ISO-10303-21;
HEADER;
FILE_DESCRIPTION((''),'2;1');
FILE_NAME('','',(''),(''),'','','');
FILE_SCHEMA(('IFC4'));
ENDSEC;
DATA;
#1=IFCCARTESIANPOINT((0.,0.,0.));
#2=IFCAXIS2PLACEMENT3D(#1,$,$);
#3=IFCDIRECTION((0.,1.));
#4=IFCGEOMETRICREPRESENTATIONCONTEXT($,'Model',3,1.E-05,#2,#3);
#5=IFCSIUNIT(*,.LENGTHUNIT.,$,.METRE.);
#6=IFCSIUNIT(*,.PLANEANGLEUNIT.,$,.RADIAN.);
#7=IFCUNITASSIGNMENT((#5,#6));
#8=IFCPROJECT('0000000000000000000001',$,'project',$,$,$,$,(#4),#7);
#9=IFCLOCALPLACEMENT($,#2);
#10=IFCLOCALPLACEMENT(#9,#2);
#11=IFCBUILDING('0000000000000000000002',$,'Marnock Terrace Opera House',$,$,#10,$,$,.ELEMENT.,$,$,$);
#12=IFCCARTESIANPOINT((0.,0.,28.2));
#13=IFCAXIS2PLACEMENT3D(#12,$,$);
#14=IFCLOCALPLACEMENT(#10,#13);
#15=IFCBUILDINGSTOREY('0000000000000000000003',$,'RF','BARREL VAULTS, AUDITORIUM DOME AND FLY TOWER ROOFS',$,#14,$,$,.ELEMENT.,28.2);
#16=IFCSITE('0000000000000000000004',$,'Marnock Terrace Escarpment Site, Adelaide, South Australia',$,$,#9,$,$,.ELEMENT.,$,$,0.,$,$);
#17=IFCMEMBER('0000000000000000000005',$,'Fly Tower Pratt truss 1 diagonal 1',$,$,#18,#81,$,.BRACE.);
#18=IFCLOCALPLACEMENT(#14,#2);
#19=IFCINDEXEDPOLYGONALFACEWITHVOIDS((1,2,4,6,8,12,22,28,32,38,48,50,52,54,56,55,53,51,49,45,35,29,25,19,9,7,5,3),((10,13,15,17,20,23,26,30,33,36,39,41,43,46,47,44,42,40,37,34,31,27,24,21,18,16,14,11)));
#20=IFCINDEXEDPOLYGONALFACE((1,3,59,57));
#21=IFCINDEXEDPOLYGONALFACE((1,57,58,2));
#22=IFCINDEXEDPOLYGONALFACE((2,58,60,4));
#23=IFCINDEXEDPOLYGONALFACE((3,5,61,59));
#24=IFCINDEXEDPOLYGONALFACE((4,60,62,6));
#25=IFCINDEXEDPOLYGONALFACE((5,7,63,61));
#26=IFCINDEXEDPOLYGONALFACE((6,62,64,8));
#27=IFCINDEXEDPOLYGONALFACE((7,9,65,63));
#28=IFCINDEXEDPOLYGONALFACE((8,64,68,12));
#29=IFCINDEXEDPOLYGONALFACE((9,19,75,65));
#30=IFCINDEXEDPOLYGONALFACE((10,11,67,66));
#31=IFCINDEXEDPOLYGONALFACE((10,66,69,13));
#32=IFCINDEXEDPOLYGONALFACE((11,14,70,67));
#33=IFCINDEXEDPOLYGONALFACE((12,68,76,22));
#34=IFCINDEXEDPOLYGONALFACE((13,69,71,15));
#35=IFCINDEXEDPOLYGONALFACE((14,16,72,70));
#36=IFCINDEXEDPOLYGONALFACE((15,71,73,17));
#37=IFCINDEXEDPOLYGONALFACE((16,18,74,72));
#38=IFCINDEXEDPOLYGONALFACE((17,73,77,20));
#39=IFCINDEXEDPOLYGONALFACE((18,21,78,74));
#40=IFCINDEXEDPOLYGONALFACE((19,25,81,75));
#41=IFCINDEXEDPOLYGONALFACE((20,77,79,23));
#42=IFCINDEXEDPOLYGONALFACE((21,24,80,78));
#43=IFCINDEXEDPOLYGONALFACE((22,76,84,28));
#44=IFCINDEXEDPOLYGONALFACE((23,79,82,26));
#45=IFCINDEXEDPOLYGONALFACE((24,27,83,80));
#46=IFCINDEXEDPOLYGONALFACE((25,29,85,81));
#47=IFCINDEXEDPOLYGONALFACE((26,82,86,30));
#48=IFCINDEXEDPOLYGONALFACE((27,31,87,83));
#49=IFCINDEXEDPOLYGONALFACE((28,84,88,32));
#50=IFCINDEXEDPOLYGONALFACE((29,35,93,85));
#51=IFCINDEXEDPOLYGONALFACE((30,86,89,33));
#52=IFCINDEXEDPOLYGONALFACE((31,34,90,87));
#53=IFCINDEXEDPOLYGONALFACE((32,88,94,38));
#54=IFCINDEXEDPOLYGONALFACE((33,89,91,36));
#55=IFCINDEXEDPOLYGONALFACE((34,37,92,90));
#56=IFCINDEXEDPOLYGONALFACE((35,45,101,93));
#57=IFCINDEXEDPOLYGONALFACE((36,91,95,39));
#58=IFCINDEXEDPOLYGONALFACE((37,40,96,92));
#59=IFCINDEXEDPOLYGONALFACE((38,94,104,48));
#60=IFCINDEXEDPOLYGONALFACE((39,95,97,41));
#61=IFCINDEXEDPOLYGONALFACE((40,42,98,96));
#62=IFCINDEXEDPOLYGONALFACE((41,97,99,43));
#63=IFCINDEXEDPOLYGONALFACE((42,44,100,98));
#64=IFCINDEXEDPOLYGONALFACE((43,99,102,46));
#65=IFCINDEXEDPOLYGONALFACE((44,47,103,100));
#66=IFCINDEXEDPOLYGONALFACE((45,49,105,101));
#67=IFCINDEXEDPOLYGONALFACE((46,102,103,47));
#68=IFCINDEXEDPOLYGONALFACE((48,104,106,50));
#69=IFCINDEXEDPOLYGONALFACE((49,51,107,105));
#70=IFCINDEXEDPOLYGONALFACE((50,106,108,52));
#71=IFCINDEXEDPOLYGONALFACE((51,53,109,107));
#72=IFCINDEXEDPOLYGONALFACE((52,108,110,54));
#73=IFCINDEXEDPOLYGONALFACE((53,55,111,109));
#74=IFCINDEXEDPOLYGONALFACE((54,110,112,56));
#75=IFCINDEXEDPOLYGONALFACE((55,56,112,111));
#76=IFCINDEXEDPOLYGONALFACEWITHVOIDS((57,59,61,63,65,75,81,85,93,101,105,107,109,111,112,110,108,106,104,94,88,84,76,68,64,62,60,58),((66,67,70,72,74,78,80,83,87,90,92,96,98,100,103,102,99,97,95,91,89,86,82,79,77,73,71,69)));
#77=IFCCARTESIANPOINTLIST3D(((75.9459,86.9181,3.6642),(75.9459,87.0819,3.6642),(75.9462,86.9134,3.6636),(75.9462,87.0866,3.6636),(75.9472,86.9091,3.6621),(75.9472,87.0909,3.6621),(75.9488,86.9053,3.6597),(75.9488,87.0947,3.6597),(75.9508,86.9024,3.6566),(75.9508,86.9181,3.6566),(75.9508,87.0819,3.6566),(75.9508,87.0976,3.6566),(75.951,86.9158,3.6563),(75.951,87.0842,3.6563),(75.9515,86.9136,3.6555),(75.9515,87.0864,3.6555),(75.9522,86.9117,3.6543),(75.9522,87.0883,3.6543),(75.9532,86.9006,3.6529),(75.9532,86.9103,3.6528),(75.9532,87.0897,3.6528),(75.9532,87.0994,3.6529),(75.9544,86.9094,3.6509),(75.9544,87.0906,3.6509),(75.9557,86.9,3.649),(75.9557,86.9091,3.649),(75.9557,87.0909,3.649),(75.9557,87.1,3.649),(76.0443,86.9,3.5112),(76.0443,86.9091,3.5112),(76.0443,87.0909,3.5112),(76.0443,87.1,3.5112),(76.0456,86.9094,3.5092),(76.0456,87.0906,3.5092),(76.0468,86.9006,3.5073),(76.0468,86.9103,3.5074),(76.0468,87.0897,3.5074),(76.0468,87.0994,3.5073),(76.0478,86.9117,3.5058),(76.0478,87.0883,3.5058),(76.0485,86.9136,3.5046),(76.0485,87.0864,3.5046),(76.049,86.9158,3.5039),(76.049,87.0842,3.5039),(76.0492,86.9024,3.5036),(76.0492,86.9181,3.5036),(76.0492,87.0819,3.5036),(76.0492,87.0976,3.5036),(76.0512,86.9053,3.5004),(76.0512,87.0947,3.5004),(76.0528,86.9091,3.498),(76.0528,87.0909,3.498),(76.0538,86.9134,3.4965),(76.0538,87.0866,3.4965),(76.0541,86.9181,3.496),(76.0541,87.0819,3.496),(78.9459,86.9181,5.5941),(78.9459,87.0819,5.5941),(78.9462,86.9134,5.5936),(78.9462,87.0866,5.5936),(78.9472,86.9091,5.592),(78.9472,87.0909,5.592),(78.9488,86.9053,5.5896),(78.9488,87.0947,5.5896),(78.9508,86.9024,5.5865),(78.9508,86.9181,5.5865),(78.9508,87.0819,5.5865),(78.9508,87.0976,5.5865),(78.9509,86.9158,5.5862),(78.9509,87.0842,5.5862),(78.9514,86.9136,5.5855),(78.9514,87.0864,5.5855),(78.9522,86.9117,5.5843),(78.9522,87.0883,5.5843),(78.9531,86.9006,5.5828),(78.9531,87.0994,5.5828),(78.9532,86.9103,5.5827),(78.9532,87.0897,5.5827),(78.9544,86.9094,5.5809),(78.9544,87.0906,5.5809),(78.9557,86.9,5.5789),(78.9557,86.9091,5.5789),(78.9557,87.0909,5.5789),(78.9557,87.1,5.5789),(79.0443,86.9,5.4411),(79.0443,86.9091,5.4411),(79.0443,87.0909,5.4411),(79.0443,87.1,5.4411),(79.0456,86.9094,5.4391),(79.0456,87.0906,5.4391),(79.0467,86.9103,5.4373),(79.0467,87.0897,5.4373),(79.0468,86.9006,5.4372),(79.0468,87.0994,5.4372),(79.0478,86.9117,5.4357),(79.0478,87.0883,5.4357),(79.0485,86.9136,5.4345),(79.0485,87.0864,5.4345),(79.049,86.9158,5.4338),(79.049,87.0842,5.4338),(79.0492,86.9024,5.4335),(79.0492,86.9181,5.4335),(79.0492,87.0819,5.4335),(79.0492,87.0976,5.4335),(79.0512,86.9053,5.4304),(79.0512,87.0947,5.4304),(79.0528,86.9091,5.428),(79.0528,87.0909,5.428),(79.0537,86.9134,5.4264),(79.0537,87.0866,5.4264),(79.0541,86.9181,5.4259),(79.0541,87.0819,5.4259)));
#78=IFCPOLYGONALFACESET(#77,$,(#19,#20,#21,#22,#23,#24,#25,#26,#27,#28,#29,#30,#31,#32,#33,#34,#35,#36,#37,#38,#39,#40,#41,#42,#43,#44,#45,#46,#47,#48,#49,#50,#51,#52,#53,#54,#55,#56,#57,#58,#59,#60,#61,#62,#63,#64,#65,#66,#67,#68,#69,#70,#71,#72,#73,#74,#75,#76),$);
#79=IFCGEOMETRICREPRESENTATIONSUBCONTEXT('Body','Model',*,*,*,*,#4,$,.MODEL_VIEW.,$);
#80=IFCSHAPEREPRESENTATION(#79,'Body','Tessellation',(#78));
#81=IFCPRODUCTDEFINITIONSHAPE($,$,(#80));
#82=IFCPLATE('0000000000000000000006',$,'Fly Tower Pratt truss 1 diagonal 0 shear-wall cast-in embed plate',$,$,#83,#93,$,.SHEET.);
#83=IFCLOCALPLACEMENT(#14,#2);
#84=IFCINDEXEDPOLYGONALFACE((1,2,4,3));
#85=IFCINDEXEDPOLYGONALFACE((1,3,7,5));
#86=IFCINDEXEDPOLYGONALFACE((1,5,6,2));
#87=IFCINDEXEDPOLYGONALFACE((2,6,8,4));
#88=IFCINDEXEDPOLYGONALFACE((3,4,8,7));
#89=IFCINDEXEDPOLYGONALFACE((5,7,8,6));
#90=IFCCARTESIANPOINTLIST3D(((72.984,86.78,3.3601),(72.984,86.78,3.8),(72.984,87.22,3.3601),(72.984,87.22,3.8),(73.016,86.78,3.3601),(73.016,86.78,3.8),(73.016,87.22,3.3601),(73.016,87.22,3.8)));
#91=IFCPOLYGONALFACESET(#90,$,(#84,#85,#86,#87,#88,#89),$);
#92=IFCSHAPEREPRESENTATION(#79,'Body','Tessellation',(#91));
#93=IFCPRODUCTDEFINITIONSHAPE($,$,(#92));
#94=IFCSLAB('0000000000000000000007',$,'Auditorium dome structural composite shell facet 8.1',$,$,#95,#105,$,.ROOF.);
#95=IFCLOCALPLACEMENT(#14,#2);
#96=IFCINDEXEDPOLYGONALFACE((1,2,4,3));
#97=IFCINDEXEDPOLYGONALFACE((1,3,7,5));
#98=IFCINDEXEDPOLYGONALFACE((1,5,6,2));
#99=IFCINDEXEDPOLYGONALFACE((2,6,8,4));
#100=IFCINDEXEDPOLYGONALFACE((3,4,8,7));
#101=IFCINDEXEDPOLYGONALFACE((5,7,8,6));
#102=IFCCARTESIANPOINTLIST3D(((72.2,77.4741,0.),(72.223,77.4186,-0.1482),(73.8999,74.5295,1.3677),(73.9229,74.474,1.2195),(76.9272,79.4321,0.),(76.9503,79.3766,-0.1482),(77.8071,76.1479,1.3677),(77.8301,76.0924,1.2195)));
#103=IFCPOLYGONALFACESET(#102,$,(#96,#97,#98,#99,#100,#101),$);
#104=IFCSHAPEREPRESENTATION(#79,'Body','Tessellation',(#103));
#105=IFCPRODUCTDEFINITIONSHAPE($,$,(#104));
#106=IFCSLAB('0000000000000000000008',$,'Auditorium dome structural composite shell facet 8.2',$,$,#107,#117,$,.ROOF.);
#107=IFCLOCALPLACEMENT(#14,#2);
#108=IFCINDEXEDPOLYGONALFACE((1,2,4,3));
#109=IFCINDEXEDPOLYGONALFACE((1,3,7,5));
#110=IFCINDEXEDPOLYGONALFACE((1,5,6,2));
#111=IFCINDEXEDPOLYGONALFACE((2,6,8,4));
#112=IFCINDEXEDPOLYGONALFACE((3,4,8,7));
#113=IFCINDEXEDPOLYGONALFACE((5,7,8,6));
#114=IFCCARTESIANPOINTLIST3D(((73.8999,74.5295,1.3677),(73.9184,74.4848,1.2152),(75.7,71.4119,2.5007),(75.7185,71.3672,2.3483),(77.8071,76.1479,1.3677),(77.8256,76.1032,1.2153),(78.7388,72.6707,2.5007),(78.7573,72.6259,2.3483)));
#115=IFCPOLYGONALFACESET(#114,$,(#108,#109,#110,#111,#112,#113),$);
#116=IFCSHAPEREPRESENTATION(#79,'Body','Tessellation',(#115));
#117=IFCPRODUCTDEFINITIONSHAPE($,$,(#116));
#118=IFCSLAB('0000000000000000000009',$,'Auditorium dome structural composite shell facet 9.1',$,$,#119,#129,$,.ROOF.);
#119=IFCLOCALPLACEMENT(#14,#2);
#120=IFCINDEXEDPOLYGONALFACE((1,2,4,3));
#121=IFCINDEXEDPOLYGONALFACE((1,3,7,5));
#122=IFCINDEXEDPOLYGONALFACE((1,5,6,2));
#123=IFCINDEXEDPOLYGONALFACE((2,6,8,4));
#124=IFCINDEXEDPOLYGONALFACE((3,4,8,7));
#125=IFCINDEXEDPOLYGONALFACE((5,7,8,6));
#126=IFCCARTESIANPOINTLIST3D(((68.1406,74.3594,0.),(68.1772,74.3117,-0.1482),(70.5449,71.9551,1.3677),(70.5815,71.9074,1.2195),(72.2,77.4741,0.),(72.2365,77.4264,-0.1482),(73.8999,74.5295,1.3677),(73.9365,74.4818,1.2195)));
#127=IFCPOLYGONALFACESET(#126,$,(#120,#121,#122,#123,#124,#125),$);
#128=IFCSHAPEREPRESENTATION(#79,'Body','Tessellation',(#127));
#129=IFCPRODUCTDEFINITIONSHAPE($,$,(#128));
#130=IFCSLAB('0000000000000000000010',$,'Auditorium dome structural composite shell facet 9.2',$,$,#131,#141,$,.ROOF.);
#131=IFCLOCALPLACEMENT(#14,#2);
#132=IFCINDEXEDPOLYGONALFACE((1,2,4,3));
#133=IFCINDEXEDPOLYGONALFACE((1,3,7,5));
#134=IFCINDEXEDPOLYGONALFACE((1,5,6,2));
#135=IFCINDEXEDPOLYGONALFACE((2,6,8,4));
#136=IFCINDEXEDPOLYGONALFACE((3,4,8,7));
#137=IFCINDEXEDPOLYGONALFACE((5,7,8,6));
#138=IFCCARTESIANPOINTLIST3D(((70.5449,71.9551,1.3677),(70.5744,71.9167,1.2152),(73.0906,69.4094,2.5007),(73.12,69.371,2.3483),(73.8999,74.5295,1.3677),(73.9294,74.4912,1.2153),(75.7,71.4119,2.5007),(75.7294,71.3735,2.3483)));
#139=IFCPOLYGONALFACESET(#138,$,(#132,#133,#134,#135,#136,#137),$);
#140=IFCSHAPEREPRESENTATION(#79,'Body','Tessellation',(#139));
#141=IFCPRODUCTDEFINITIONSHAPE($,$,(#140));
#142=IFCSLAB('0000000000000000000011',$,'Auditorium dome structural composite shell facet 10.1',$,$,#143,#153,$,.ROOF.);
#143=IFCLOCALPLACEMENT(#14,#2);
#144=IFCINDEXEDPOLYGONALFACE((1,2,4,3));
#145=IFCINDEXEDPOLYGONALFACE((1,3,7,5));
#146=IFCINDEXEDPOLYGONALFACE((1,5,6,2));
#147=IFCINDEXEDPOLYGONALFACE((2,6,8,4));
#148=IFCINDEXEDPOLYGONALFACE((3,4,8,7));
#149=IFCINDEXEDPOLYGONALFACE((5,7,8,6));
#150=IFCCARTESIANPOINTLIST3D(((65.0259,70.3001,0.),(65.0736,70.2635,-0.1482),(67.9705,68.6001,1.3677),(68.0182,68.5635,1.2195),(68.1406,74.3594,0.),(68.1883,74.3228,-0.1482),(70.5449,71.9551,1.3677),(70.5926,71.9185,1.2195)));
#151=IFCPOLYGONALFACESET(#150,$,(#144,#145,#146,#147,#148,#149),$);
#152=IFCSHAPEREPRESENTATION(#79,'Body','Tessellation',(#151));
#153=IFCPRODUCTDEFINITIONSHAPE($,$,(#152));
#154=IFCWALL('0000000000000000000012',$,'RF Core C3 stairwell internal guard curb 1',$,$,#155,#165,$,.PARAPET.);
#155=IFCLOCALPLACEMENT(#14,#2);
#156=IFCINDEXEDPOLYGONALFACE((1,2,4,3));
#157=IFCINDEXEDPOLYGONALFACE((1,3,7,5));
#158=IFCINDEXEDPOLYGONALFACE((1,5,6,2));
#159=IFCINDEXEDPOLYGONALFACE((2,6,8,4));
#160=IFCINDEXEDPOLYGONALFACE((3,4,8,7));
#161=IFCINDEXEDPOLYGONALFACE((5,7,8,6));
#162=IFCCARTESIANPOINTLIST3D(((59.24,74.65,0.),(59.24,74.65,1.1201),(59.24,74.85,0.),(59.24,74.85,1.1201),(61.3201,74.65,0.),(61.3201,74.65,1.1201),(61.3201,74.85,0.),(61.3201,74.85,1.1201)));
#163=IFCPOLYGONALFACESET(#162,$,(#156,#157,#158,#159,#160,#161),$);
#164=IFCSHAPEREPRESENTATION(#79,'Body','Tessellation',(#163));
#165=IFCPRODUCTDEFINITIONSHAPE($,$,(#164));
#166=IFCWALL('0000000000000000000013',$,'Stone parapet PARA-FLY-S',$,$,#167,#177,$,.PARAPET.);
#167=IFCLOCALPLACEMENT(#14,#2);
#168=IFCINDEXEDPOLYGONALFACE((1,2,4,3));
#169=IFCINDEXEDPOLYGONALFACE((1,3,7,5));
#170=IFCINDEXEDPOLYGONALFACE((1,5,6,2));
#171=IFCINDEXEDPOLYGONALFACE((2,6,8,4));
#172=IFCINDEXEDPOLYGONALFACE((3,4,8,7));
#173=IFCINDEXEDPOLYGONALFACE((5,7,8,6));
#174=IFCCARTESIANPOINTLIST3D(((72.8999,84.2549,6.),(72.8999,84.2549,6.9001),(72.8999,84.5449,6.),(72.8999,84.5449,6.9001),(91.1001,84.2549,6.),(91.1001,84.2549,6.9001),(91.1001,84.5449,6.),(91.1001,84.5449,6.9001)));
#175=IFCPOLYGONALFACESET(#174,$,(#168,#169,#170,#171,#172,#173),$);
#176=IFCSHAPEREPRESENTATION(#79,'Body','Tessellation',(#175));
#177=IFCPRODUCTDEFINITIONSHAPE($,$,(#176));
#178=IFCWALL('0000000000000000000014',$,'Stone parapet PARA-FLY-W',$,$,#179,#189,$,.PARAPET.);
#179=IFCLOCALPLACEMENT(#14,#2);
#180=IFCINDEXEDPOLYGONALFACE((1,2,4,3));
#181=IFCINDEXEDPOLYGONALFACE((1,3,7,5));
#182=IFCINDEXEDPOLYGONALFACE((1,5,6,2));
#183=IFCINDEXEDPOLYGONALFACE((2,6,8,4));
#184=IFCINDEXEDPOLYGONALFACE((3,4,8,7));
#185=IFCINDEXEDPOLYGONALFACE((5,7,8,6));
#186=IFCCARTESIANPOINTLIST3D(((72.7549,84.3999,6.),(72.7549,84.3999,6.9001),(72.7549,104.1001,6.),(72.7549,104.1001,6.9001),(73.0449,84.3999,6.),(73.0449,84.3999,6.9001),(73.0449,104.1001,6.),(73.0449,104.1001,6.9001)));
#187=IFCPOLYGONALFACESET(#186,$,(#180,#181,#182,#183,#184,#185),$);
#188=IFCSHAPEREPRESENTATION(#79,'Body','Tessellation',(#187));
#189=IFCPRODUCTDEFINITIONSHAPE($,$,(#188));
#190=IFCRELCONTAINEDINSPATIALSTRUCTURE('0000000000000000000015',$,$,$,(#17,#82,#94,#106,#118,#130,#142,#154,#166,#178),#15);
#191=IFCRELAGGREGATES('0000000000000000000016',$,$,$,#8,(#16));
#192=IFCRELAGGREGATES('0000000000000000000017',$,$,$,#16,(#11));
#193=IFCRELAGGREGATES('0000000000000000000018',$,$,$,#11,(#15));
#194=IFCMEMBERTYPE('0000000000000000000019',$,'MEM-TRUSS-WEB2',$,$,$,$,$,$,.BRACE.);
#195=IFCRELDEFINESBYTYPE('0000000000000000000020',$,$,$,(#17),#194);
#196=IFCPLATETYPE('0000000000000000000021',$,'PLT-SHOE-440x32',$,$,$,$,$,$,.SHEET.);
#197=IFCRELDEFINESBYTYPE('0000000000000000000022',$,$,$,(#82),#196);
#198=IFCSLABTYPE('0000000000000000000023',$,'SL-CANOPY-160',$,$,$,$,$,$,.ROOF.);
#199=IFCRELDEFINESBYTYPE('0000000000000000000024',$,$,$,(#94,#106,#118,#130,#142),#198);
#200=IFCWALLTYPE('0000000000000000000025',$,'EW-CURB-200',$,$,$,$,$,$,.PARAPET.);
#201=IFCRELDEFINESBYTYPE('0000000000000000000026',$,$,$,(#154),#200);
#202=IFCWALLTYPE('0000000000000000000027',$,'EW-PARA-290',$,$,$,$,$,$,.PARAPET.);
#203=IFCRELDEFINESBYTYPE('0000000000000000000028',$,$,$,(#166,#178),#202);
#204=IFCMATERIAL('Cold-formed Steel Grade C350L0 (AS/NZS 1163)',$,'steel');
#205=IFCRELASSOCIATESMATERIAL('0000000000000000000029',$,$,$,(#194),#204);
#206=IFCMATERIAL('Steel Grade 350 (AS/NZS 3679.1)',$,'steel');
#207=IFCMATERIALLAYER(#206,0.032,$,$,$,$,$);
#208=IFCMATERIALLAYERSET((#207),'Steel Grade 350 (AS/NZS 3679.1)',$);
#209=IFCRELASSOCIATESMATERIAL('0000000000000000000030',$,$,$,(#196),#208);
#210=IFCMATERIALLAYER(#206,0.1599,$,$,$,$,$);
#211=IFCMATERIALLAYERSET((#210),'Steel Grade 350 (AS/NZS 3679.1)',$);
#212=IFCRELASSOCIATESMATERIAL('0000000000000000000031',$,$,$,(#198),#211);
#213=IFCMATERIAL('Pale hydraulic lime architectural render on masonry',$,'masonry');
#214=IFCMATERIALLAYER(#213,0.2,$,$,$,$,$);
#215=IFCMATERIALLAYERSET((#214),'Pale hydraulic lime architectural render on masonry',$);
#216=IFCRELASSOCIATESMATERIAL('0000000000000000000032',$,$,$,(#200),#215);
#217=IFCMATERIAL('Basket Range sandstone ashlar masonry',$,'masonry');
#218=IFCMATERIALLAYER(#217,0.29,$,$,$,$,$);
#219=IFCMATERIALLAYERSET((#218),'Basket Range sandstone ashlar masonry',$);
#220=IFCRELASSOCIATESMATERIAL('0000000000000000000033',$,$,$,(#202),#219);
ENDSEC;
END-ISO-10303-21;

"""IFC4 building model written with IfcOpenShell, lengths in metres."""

from ifc_helpers import new_model, si_unit, direction, frame, frame_2d, origin, origin_2d, place, context, subcontext, project, spatial, polyline, rectangle, hollow_rectangle, outline, extrude, material, layer, layer_set, material_profile, profile_set, type_object, element, save


model = new_model("IFC4")

# Units and contexts
model_context = context("Model", 3, precision=1e-05, world=origin(), true_north=direction((0.0, 1.0)))
body_context = subcontext(model_context, "Body", "Model", "MODEL_VIEW")
ifc_project = project(units=[si_unit("LENGTHUNIT", "METRE"), si_unit("PLANEANGLEUNIT", "RADIAN")], contexts=[model_context])

# Site, building, storey
site_placement = place(None, origin())
site = spatial("IfcSite", under=ifc_project, at=site_placement, Name="Marnock Terrace Escarpment Site, Adelaide, South Australia", CompositionType="ELEMENT", RefElevation=0.0)
building_placement = place(site_placement, origin())
building = spatial("IfcBuilding", under=site, at=building_placement, Name="Marnock Terrace Opera House", CompositionType="ELEMENT")
storey_placement = place(building_placement, frame((0.0, 0.0, 28.2)))
storey = spatial("IfcBuildingStorey", under=building, at=storey_placement, Name="RF", Description="BARREL VAULTS, AUDITORIUM DOME AND FLY TOWER ROOFS", CompositionType="ELEMENT", Elevation=28.2)

# Shared definitions
ifc_material_1 = material(Name="Steel Grade 350 (AS/NZS 3679.1)", Category="steel")

# Member
ifc_material_2 = material(Name="Cold-formed Steel Grade C350L0 (AS/NZS 1163)", Category="steel")
ifc_material_profile_1 = material_profile(ifc_material_2, hollow_rectangle(XDim=0.2, YDim=0.2, WallThickness=0.009, InnerFilletRadius=0.009, OuterFilletRadius=0.0181, at=origin_2d()))
ifc_profile_set_1 = profile_set([ifc_material_profile_1], Name="Cold-formed Steel Grade C350L0 (AS/NZS 1163)")
member_type_1 = type_object("IfcMemberType", Name="MEM-TRUSS-WEB2", PredefinedType="BRACE", material=ifc_profile_set_1)
for number, where, z_axis, x_axis, name in (
    (1, (76.0, 87.0, 3.5801), (0.841005, 0.0, 0.541027), (0.0, 1.0, 0.0), "Fly Tower Pratt truss 1 diagonal 1"),
):
    element("IfcMember", number, at=place(storey_placement, frame(where, z_axis=z_axis, x_axis=x_axis)), inside=storey, type_object=member_type_1, Name=name, PredefinedType="BRACE", context=body_context, shape_type="SweptSolid", body=[
        extrude(hollow_rectangle(XDim=0.2, YDim=0.2, WallThickness=0.009, InnerFilletRadius=0.009, OuterFilletRadius=0.0181, at=origin_2d()), origin(), (0.0, 0.0, 1.0), 3.5671),
    ])

# Plate
ifc_layer_1 = layer(ifc_material_1, 0.032)
ifc_layer_set_1 = layer_set([ifc_layer_1], Name="Steel Grade 350 (AS/NZS 3679.1)")
plate_type = type_object("IfcPlateType", Name="PLT-SHOE-440x32", PredefinedType="SHEET", material=ifc_layer_set_1)
plate_placement = place(storey_placement, frame((73.0, 87.0, 3.3601), z_axis=(0.0, 0.0, 1.0), x_axis=(1.0, 0.0, 0.0)))
element("IfcPlate", 2, at=plate_placement, inside=storey, type_object=plate_type, Name="Fly Tower Pratt truss 1 diagonal 0 shear-wall cast-in embed plate", PredefinedType="SHEET", context=body_context, shape_type="SweptSolid", body=[
    extrude(rectangle(XDim=0.032, YDim=0.4399, at=origin_2d()), origin(), (0.0, 0.0, 1.0), 0.4399),
])

# Slabs
ifc_layer_2 = layer(ifc_material_1, 0.1599)
ifc_layer_set_2 = layer_set([ifc_layer_2], Name="Steel Grade 350 (AS/NZS 3679.1)")
slab_type = type_object("IfcSlabType", Name="SL-CANOPY-160", PredefinedType="ROOF", material=ifc_layer_set_2)
slab_1_placement = place(storey_placement, frame((76.9272, 79.4321, 0.0), z_axis=(-0.143869, 0.347343, 0.926636), x_axis=(-0.923886, -0.382667, -0.000002)))
element("IfcSlab", 3, at=slab_1_placement, inside=storey, type_object=slab_type, Name="Auditorium dome structural composite shell facet 8.1", PredefinedType="ROOF", context=body_context, shape_type="SweptSolid", body=[
    extrude(outline(polyline([(0.0, 0.0), (5.1167, 0.0), (4.673, 3.6379), (0.4438, 3.6378), (0.0, 0.0)])), origin(), (0.0, 0.0, -1.0), 0.1599),
])
slab_2_placement = place(storey_placement, frame((77.8071, 76.1479, 1.3677), z_axis=(-0.115793, 0.279543, 0.953125), x_axis=(-0.923881, -0.382681, -0.000003)))
element("IfcSlab", 4, at=slab_2_placement, inside=storey, type_object=slab_type, Name="Auditorium dome structural composite shell facet 8.2", PredefinedType="ROOF", context=body_context, shape_type="SweptSolid", body=[
    extrude(outline(polyline([(0.0, 0.0), (4.2291, 0.0), (3.7592, 3.7447), (0.47, 3.7447), (0.0, 0.0)])), origin(), (0.0, 0.0, -1.0), 0.1599),
])
slab_3_placement = place(storey_placement, frame((72.2, 77.4741, 0.0), z_axis=(-0.228865, 0.298262, 0.926639), x_axis=(-0.79336, -0.608753, -0.000005)))
element("IfcSlab", 5, at=slab_3_placement, inside=storey, type_object=slab_type, Name="Auditorium dome structural composite shell facet 9.1", PredefinedType="ROOF", context=body_context, shape_type="SweptSolid", body=[
    extrude(outline(polyline([(0.0, 0.0), (5.1166, 0.0), (4.6728, 3.638), (0.4438, 3.6378), (0.0, 0.0)])), origin(), (0.0, 0.0, -1.0), 0.1599),
])
slab_4_placement = place(storey_placement, frame((73.8999, 74.5295, 1.3677), z_axis=(-0.1842, 0.240038, 0.953127), x_axis=(-0.793342, -0.608777, -0.000004)))
element("IfcSlab", 6, at=slab_4_placement, inside=storey, type_object=slab_type, Name="Auditorium dome structural composite shell facet 9.2", PredefinedType="ROOF", context=body_context, shape_type="SweptSolid", body=[
    extrude(outline(polyline([(0.0, 0.0), (4.2289, 0.0), (3.7591, 3.7448), (0.4699, 3.7447), (0.0, 0.0)])), origin(), (0.0, 0.0, -1.0), 0.1599),
])
slab_5_placement = place(storey_placement, frame((68.1406, 74.3594, 0.0), z_axis=(-0.298262, 0.228865, 0.926639), x_axis=(-0.608753, -0.79336, 0.000005)))
element("IfcSlab", 7, at=slab_5_placement, inside=storey, type_object=slab_type, Name="Auditorium dome structural composite shell facet 10.1", PredefinedType="ROOF", context=body_context, shape_type="SweptSolid", body=[
    extrude(outline(polyline([(0.0, 0.0), (5.1166, 0.0), (4.6728, 3.6378), (0.4439, 3.638), (0.0, 0.0)])), origin(), (0.0, 0.0, -1.0), 0.1599),
])

# Walls
ifc_material_3 = material(Name="Pale hydraulic lime architectural render on masonry", Category="masonry")
ifc_layer_3 = layer(ifc_material_3, 0.2)
ifc_layer_set_3 = layer_set([ifc_layer_3], Name="Pale hydraulic lime architectural render on masonry")
wall_type_1 = type_object("IfcWallType", Name="EW-CURB-200", PredefinedType="PARAPET", material=ifc_layer_set_3)
wall_1_placement = place(storey_placement, frame((61.3201, 74.75, 0.0), z_axis=(0.0, 0.0, 1.0), x_axis=(-1.0, 0.0, 0.0)))
element("IfcWall", 8, at=wall_1_placement, inside=storey, type_object=wall_type_1, Name="RF Core C3 stairwell internal guard curb 1", PredefinedType="PARAPET", context=body_context, shape_type="SweptSolid", body=[
    extrude(rectangle(XDim=2.0801, YDim=0.2, at=frame_2d((1.04, 0.0))), origin(), (0.0, 0.0, 1.0), 1.1201),
])
ifc_material_4 = material(Name="Basket Range sandstone ashlar masonry", Category="masonry")
ifc_layer_4 = layer(ifc_material_4, 0.29)
ifc_layer_set_4 = layer_set([ifc_layer_4], Name="Basket Range sandstone ashlar masonry")
wall_type_2 = type_object("IfcWallType", Name="EW-PARA-290", PredefinedType="PARAPET", material=ifc_layer_set_4)
wall_2_placement = place(storey_placement, frame((72.8999, 84.3999, 6.0), z_axis=(0.0, 0.0, 1.0), x_axis=(1.0, 0.0, 0.0)))
element("IfcWall", 9, at=wall_2_placement, inside=storey, type_object=wall_type_2, Name="Stone parapet PARA-FLY-S", PredefinedType="PARAPET", context=body_context, shape_type="SweptSolid", body=[
    extrude(rectangle(XDim=18.2002, YDim=0.29, at=frame_2d((9.1001, 0.0))), origin(), (0.0, 0.0, 1.0), 0.9001),
])
wall_3_placement = place(storey_placement, frame((72.8999, 84.3999, 6.0), z_axis=(0.0, 0.0, 1.0), x_axis=(0.0, 1.0, 0.0)))
element("IfcWall", 10, at=wall_3_placement, inside=storey, type_object=wall_type_2, Name="Stone parapet PARA-FLY-W", PredefinedType="PARAPET", context=body_context, shape_type="SweptSolid", body=[
    extrude(rectangle(XDim=19.7002, YDim=0.29, at=frame_2d((9.8501, 0.0))), origin(), (0.0, 0.0, 1.0), 0.9001),
])

save(model, "model.ifc")
